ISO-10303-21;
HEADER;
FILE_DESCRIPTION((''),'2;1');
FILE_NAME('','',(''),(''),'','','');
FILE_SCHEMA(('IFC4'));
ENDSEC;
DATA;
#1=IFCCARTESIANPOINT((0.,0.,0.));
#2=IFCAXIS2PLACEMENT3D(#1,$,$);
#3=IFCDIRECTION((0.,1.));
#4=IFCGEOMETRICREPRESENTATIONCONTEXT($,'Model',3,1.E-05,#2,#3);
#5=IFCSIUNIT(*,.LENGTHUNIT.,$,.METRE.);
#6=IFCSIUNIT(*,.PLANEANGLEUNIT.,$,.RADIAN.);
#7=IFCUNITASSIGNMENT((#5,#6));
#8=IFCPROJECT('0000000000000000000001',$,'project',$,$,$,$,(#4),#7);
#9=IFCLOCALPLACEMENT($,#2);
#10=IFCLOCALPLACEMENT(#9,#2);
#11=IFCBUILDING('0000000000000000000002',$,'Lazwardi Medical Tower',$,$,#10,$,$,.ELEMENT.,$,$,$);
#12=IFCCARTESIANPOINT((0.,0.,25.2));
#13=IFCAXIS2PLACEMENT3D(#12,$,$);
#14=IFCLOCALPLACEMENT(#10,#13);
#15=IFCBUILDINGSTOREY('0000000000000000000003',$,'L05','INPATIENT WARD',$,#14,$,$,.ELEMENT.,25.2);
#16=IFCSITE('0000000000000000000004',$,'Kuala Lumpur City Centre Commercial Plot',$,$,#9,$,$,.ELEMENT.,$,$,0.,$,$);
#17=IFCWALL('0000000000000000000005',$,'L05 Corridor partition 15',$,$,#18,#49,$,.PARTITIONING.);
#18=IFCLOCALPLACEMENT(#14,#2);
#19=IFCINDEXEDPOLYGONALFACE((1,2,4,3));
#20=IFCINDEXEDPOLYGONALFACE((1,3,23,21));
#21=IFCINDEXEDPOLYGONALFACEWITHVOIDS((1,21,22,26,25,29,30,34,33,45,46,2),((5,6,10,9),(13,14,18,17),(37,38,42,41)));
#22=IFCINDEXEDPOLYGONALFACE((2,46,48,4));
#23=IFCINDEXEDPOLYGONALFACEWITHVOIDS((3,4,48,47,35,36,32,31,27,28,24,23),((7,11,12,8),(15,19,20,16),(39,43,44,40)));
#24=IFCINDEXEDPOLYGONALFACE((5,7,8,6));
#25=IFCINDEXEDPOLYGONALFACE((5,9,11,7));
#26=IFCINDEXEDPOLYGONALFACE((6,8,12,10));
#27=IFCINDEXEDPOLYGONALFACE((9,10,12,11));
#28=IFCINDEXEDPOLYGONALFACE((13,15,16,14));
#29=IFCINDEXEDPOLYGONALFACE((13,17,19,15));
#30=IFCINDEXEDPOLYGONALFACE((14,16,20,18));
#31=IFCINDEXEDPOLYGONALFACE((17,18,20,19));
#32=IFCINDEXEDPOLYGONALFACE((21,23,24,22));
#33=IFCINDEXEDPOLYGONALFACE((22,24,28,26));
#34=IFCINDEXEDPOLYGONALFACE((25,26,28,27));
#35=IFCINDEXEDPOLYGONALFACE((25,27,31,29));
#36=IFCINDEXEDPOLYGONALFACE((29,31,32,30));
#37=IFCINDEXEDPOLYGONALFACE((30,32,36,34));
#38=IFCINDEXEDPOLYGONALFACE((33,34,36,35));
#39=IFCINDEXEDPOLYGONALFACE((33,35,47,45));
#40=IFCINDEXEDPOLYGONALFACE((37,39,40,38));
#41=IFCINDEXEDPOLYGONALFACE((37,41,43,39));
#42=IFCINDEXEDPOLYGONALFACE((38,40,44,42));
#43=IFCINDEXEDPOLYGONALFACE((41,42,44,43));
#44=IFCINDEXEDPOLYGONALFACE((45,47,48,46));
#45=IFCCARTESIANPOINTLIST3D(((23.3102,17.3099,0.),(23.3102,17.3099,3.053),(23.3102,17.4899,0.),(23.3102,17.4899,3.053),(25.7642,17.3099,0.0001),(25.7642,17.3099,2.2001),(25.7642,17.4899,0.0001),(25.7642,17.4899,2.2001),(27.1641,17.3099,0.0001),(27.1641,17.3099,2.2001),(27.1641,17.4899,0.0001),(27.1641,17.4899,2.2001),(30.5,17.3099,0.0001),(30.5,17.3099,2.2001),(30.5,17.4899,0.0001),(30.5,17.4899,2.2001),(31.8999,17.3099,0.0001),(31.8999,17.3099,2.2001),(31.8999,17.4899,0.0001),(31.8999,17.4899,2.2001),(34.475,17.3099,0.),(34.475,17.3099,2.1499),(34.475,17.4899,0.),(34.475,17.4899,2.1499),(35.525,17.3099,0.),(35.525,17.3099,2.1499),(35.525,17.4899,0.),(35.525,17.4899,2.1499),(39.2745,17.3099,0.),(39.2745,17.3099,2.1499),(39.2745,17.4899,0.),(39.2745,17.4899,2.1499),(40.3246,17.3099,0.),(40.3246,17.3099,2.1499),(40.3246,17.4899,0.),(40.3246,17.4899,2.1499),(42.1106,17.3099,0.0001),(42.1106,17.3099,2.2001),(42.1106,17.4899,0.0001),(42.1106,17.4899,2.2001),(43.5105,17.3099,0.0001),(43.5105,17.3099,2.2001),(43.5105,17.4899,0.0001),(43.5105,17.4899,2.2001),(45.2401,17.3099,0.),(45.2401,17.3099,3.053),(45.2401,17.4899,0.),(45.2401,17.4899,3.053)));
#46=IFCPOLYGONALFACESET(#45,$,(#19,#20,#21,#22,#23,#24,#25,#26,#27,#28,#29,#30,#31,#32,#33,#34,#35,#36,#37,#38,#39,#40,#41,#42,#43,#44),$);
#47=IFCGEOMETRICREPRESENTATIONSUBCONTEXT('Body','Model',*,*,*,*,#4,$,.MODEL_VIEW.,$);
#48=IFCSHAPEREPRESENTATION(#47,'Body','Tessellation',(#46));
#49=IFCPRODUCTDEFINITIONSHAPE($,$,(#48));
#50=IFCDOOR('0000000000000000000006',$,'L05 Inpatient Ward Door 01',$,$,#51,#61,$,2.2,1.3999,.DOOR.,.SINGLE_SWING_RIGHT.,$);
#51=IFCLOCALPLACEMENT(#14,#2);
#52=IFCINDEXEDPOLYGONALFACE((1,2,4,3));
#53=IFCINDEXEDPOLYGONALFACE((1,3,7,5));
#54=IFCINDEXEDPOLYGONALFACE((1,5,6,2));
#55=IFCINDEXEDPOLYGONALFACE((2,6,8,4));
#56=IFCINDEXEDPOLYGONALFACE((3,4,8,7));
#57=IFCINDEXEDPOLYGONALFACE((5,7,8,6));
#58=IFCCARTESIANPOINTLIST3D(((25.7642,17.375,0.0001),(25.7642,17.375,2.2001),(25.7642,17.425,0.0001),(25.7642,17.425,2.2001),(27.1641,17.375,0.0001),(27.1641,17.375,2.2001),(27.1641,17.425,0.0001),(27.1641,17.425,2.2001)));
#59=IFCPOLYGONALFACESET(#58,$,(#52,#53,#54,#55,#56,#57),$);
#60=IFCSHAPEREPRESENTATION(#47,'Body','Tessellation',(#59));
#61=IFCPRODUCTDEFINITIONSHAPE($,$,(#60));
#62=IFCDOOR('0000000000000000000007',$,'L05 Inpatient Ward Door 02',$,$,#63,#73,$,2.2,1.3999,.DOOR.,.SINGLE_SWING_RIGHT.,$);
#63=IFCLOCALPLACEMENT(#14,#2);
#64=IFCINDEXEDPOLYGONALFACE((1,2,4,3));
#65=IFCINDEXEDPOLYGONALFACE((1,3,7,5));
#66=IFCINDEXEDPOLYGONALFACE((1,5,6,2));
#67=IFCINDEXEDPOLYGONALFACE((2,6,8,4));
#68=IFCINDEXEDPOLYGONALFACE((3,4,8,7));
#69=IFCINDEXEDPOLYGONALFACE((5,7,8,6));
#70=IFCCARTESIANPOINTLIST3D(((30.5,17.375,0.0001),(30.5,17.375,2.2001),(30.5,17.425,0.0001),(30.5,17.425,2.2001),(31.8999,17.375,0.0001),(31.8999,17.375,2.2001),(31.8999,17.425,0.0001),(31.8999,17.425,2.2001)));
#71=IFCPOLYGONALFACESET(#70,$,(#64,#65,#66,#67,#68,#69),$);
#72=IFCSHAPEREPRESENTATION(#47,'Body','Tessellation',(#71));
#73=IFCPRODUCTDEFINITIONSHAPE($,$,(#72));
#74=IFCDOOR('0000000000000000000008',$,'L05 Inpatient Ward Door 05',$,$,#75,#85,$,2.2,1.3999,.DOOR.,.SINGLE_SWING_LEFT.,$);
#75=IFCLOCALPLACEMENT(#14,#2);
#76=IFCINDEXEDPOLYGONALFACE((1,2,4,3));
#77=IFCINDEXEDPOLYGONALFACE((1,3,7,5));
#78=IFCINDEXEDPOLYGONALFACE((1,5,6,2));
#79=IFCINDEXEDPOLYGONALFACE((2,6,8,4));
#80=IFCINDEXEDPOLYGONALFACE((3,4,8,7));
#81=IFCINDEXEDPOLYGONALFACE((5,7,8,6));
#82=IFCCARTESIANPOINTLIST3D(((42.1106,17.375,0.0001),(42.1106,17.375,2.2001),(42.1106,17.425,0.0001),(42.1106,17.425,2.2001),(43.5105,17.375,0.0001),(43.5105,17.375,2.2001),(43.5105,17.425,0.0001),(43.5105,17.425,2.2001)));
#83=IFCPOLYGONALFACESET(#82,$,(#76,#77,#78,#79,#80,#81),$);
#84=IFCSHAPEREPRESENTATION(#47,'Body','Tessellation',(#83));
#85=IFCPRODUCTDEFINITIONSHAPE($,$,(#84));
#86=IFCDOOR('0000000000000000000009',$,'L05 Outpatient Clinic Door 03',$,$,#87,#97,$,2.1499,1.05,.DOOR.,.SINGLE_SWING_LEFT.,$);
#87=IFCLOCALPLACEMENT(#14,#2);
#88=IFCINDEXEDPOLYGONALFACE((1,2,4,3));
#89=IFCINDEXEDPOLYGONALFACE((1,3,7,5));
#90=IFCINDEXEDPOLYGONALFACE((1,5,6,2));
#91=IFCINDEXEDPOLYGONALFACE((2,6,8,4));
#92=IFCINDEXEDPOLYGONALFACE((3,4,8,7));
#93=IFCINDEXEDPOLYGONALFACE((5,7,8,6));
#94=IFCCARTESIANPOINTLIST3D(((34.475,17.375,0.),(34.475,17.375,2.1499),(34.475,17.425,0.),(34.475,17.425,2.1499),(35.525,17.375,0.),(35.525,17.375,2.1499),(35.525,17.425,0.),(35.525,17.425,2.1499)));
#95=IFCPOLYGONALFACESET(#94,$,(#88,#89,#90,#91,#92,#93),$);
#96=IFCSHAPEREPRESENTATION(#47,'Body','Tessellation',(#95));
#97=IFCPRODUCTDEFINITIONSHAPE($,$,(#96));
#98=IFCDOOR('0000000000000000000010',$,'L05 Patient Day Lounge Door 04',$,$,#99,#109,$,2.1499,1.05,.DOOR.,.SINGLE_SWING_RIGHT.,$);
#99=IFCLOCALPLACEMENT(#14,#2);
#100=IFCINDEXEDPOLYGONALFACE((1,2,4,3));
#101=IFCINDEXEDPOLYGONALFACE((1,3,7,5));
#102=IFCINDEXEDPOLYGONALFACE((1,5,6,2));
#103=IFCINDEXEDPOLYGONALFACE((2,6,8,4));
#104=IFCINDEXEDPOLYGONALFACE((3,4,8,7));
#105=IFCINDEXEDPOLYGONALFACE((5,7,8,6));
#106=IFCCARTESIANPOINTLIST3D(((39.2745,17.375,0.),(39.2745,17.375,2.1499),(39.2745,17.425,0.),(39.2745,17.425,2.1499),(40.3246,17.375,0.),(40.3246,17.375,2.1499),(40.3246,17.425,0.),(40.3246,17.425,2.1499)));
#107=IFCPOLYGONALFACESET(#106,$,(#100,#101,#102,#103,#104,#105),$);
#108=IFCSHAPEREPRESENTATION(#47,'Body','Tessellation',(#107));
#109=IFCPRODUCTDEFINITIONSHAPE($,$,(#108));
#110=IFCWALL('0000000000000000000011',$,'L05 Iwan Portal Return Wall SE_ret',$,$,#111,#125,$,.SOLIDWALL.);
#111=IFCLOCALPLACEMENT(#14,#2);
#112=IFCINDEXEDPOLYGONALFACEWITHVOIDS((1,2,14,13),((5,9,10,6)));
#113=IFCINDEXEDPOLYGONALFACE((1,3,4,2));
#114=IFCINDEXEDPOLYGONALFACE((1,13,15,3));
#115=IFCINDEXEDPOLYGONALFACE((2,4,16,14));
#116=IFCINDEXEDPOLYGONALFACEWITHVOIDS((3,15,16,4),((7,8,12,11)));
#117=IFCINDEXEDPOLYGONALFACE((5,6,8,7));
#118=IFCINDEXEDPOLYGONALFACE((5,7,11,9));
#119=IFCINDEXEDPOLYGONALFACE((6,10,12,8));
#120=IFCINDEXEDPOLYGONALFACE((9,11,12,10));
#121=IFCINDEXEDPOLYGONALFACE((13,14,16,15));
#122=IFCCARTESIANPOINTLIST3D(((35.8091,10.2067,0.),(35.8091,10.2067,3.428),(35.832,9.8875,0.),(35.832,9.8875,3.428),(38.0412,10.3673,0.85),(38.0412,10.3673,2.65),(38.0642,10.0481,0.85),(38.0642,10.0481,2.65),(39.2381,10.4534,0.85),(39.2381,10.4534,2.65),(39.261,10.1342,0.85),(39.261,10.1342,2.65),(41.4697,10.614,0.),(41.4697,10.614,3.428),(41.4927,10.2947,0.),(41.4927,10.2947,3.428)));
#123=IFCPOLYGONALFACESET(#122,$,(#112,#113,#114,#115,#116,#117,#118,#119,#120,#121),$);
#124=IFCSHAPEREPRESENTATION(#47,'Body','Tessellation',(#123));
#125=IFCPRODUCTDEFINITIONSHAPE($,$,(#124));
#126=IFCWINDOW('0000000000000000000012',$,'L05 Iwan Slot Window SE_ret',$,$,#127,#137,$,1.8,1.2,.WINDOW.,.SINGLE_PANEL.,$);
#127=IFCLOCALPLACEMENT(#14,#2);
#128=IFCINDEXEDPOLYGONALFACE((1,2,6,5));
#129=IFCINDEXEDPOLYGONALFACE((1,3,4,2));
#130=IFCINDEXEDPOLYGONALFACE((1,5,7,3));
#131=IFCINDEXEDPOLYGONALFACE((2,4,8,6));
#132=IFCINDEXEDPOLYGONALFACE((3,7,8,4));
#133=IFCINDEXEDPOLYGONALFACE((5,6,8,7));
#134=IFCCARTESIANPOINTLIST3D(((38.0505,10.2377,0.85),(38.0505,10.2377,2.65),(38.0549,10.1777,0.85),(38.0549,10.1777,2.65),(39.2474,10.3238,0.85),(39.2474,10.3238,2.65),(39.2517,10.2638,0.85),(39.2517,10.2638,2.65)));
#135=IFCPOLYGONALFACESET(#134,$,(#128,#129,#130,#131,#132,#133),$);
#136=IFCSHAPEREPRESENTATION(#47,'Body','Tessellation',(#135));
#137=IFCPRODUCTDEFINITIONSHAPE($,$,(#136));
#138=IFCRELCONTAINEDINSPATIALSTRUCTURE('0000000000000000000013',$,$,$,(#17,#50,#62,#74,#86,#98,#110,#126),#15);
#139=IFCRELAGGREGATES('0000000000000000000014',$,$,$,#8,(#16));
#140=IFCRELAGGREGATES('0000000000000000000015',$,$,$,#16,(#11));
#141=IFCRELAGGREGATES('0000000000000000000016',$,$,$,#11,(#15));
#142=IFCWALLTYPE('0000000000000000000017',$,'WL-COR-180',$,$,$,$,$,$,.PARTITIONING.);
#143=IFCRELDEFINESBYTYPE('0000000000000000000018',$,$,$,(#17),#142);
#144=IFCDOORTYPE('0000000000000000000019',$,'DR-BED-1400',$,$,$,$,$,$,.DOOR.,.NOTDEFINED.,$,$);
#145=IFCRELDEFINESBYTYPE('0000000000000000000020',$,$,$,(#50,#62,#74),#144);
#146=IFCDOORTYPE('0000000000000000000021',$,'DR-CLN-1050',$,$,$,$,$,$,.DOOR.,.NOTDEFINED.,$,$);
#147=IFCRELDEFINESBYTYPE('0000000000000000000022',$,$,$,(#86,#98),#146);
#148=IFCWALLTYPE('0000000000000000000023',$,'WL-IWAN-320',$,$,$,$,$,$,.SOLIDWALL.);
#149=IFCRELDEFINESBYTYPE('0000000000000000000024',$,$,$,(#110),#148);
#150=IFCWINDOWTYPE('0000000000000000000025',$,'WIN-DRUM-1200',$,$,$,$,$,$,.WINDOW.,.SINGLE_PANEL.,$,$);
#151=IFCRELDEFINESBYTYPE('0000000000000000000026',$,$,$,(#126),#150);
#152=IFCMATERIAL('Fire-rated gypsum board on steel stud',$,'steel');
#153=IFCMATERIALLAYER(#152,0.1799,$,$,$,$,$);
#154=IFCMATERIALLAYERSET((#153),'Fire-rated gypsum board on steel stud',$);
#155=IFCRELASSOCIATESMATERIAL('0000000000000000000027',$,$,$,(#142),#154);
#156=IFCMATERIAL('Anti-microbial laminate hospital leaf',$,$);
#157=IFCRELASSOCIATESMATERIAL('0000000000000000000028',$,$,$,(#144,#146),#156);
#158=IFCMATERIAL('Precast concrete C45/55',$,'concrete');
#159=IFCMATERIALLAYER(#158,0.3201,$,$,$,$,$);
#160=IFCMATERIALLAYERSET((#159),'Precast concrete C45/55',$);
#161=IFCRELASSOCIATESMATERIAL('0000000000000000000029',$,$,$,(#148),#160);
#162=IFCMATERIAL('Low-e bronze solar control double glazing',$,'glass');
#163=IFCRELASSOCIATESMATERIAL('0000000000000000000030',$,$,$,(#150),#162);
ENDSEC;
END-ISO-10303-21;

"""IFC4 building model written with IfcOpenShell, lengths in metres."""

from ifc_helpers import new_model, si_unit, direction, frame, frame_2d, origin, place, context, subcontext, project, spatial, rectangle, extrude, material, layer, layer_set, type_object, element, fill, save


model = new_model("IFC4")

# Units and contexts
model_context = context("Model", 3, precision=1e-05, world=origin(), true_north=direction((0.0, 1.0)))
body_context = subcontext(model_context, "Body", "Model", "MODEL_VIEW")
ifc_project = project(units=[si_unit("LENGTHUNIT", "METRE"), si_unit("PLANEANGLEUNIT", "RADIAN")], contexts=[model_context])

# Site, building, storey
site_placement = place(None, origin())
site = spatial("IfcSite", under=ifc_project, at=site_placement, Name="Kuala Lumpur City Centre Commercial Plot", CompositionType="ELEMENT", RefElevation=0.0)
building_placement = place(site_placement, origin())
building = spatial("IfcBuilding", under=site, at=building_placement, Name="Lazwardi Medical Tower", CompositionType="ELEMENT")
storey_placement = place(building_placement, frame((0.0, 0.0, 25.2)))
storey = spatial("IfcBuildingStorey", under=building, at=storey_placement, Name="L05", Description="INPATIENT WARD", CompositionType="ELEMENT", Elevation=25.2)

# Shared definitions
ifc_material_1 = material(Name="Low-e bronze solar control double glazing", Category="glass")

# Wall, openings, doors
ifc_material_2 = material(Name="Fire-rated gypsum board on steel stud", Category="steel")
ifc_layer_1 = layer(ifc_material_2, 0.1799)
ifc_layer_set_1 = layer_set([ifc_layer_1], Name="Fire-rated gypsum board on steel stud")
wall_type_1 = type_object("IfcWallType", Name="WL-COR-180", PredefinedType="PARTITIONING", material=ifc_layer_set_1)
wall_1_placement = place(storey_placement, frame((45.24, 17.3999, 0.0), z_axis=(0.0, 0.0, 1.0), x_axis=(-1.0, 0.0, 0.0)))
wall_1 = element("IfcWall", 1, at=wall_1_placement, inside=storey, type_object=wall_type_1, Name="L05 Corridor partition 15", PredefinedType="PARTITIONING", context=body_context, shape_type="SweptSolid", body=[
    extrude(rectangle(XDim=21.9299, YDim=0.1799, at=frame_2d((10.9648, 0.0))), origin(), (0.0, 0.0, 1.0), 3.053),
])
opening_1_placement = place(wall_1_placement, frame((18.0759, 0.0, 0.0)))
opening_1 = element("IfcOpeningElement", 2, at=opening_1_placement, cuts=wall_1, PredefinedType="OPENING", context=body_context, shape_type="SweptSolid", body=[
    extrude(rectangle(XDim=1.3999, YDim=2.2, at=frame_2d((0.7, 1.1001))), frame((0.0, 0.0999, 0.0), z_axis=(0.0, -1.0, 0.0), x_axis=(1.0, 0.0, 0.0)), (0.0, 0.0, 1.0), 0.2),
])
opening_2_placement = place(wall_1_placement, frame((13.3401, 0.0, 0.0)))
opening_2 = element("IfcOpeningElement", 3, at=opening_2_placement, cuts=wall_1, PredefinedType="OPENING", context=body_context, shape_type="SweptSolid", body=[
    extrude(rectangle(XDim=1.3999, YDim=2.2, at=frame_2d((0.7, 1.1001))), frame((0.0, 0.0999, 0.0), z_axis=(0.0, -1.0, 0.0), x_axis=(1.0, 0.0, 0.0)), (0.0, 0.0, 1.0), 0.2),
])
opening_3_placement = place(wall_1_placement, frame((9.7151, 0.0, 0.0)))
opening_3 = element("IfcOpeningElement", 4, at=opening_3_placement, cuts=wall_1, PredefinedType="OPENING", context=body_context, shape_type="SweptSolid", body=[
    extrude(rectangle(XDim=1.05, YDim=2.1499, at=frame_2d((0.5249, 1.075))), frame((0.0, 0.0999, 0.0), z_axis=(0.0, -1.0, 0.0), x_axis=(1.0, 0.0, 0.0)), (0.0, 0.0, 1.0), 0.2),
])
opening_4_placement = place(wall_1_placement, frame((4.9155, 0.0, 0.0)))
opening_4 = element("IfcOpeningElement", 5, at=opening_4_placement, cuts=wall_1, PredefinedType="OPENING", context=body_context, shape_type="SweptSolid", body=[
    extrude(rectangle(XDim=1.05, YDim=2.1499, at=frame_2d((0.5249, 1.075))), frame((0.0, 0.0999, 0.0), z_axis=(0.0, -1.0, 0.0), x_axis=(1.0, 0.0, 0.0)), (0.0, 0.0, 1.0), 0.2),
])
opening_5_placement = place(wall_1_placement, frame((1.7295, 0.0, 0.0)))
opening_5 = element("IfcOpeningElement", 6, at=opening_5_placement, cuts=wall_1, PredefinedType="OPENING", context=body_context, shape_type="SweptSolid", body=[
    extrude(rectangle(XDim=1.3999, YDim=2.2, at=frame_2d((0.7, 1.1001))), frame((0.0, 0.0999, 0.0), z_axis=(0.0, -1.0, 0.0), x_axis=(1.0, 0.0, 0.0)), (0.0, 0.0, 1.0), 0.2),
])
ifc_material_3 = material(Name="Anti-microbial laminate hospital leaf")
door_type_1 = type_object("IfcDoorType", Name="DR-BED-1400", OperationType="NOTDEFINED", PredefinedType="DOOR", material=ifc_material_3)
door_1_placement = place(opening_1_placement, origin())
door_1 = element("IfcDoor", 7, at=door_1_placement, inside=storey, type_object=door_type_1, Name="L05 Inpatient Ward Door 01", OperationType="SINGLE_SWING_RIGHT", OverallHeight=2.2, OverallWidth=1.3999, PredefinedType="DOOR", context=body_context, shape_type="SweptSolid", body=[
    extrude(rectangle(XDim=1.3999, YDim=2.2, at=frame_2d((0.7, 1.1001))), frame((0.0, 0.0249, 0.0), z_axis=(0.0, -1.0, 0.0), x_axis=(1.0, 0.0, 0.0)), (0.0, 0.0, 1.0), 0.05),
])
fill(opening_1, door_1)
door_2_placement = place(opening_2_placement, origin())
door_2 = element("IfcDoor", 8, at=door_2_placement, inside=storey, type_object=door_type_1, Name="L05 Inpatient Ward Door 02", OperationType="SINGLE_SWING_RIGHT", OverallHeight=2.2, OverallWidth=1.3999, PredefinedType="DOOR", context=body_context, shape_type="SweptSolid", body=[
    extrude(rectangle(XDim=1.3999, YDim=2.2, at=frame_2d((0.7, 1.1001))), frame((0.0, 0.0249, 0.0), z_axis=(0.0, -1.0, 0.0), x_axis=(1.0, 0.0, 0.0)), (0.0, 0.0, 1.0), 0.05),
])
fill(opening_2, door_2)
door_3_placement = place(opening_5_placement, origin())
door_3 = element("IfcDoor", 9, at=door_3_placement, inside=storey, type_object=door_type_1, Name="L05 Inpatient Ward Door 05", OperationType="SINGLE_SWING_LEFT", OverallHeight=2.2, OverallWidth=1.3999, PredefinedType="DOOR", context=body_context, shape_type="SweptSolid", body=[
    extrude(rectangle(XDim=1.3999, YDim=2.2, at=frame_2d((0.7, 1.1001))), frame((0.0, 0.0249, 0.0), z_axis=(0.0, -1.0, 0.0), x_axis=(1.0, 0.0, 0.0)), (0.0, 0.0, 1.0), 0.05),
])
fill(opening_5, door_3)
door_type_2 = type_object("IfcDoorType", Name="DR-CLN-1050", OperationType="NOTDEFINED", PredefinedType="DOOR", material=ifc_material_3)
door_4_placement = place(opening_3_placement, origin())
door_4 = element("IfcDoor", 10, at=door_4_placement, inside=storey, type_object=door_type_2, Name="L05 Outpatient Clinic Door 03", OperationType="SINGLE_SWING_LEFT", OverallHeight=2.1499, OverallWidth=1.05, PredefinedType="DOOR", context=body_context, shape_type="SweptSolid", body=[
    extrude(rectangle(XDim=1.05, YDim=2.1499, at=frame_2d((0.5249, 1.075))), frame((0.0, 0.0249, 0.0), z_axis=(0.0, -1.0, 0.0), x_axis=(1.0, 0.0, 0.0)), (0.0, 0.0, 1.0), 0.05),
])
fill(opening_3, door_4)
door_5_placement = place(opening_4_placement, origin())
door_5 = element("IfcDoor", 11, at=door_5_placement, inside=storey, type_object=door_type_2, Name="L05 Patient Day Lounge Door 04", OperationType="SINGLE_SWING_RIGHT", OverallHeight=2.1499, OverallWidth=1.05, PredefinedType="DOOR", context=body_context, shape_type="SweptSolid", body=[
    extrude(rectangle(XDim=1.05, YDim=2.1499, at=frame_2d((0.5249, 1.075))), frame((0.0, 0.0249, 0.0), z_axis=(0.0, -1.0, 0.0), x_axis=(1.0, 0.0, 0.0)), (0.0, 0.0, 1.0), 0.05),
])
fill(opening_4, door_5)

# Wall, opening, window
ifc_material_4 = material(Name="Precast concrete C45/55", Category="concrete")
ifc_layer_2 = layer(ifc_material_4, 0.3201)
ifc_layer_set_2 = layer_set([ifc_layer_2], Name="Precast concrete C45/55")
wall_type_2 = type_object("IfcWallType", Name="WL-IWAN-320", PredefinedType="SOLIDWALL", material=ifc_layer_set_2)
wall_2_placement = place(storey_placement, frame((35.8206, 10.0471, 0.0), z_axis=(0.0, 0.0, 1.0), x_axis=(0.997422, 0.071755, 0.0)))
wall_2 = element("IfcWall", 12, at=wall_2_placement, inside=storey, type_object=wall_type_2, Name="L05 Iwan Portal Return Wall SE_ret", PredefinedType="SOLIDWALL", context=body_context, shape_type="SweptSolid", body=[
    extrude(rectangle(XDim=5.6753, YDim=0.3201, at=frame_2d((2.8376, 0.0))), origin(), (0.0, 0.0, 1.0), 3.428),
])
opening_6_placement = place(wall_2_placement, frame((2.2378, 0.0, 0.8501)))
opening_6 = element("IfcOpeningElement", 13, at=opening_6_placement, cuts=wall_2, PredefinedType="OPENING", context=body_context, shape_type="SweptSolid", body=[
    extrude(rectangle(XDim=1.2, YDim=1.8, at=frame_2d((0.6001, 0.8999))), frame((0.0, 0.1699, 0.0), z_axis=(0.0, -1.0, 0.0), x_axis=(1.0, 0.0, 0.0)), (0.0, 0.0, 1.0), 0.3401),
])
window_type_1 = type_object("IfcWindowType", Name="WIN-DRUM-1200", PartitioningType="SINGLE_PANEL", PredefinedType="WINDOW", material=ifc_material_1)
window_1_placement = place(opening_6_placement, origin())
window_1 = element("IfcWindow", 14, at=window_1_placement, inside=storey, type_object=window_type_1, Name="L05 Iwan Slot Window SE_ret", OverallHeight=1.8, OverallWidth=1.2, PartitioningType="SINGLE_PANEL", PredefinedType="WINDOW", context=body_context, shape_type="SweptSolid", body=[
    extrude(rectangle(XDim=1.2, YDim=1.8, at=frame_2d((0.6001, 0.8999))), frame((0.0, 0.03, 0.0), z_axis=(0.0, -1.0, 0.0), x_axis=(1.0, 0.0, 0.0)), (0.0, 0.0, 1.0), 0.0601),
])
fill(opening_6, window_1)

save(model, "model.ifc")
